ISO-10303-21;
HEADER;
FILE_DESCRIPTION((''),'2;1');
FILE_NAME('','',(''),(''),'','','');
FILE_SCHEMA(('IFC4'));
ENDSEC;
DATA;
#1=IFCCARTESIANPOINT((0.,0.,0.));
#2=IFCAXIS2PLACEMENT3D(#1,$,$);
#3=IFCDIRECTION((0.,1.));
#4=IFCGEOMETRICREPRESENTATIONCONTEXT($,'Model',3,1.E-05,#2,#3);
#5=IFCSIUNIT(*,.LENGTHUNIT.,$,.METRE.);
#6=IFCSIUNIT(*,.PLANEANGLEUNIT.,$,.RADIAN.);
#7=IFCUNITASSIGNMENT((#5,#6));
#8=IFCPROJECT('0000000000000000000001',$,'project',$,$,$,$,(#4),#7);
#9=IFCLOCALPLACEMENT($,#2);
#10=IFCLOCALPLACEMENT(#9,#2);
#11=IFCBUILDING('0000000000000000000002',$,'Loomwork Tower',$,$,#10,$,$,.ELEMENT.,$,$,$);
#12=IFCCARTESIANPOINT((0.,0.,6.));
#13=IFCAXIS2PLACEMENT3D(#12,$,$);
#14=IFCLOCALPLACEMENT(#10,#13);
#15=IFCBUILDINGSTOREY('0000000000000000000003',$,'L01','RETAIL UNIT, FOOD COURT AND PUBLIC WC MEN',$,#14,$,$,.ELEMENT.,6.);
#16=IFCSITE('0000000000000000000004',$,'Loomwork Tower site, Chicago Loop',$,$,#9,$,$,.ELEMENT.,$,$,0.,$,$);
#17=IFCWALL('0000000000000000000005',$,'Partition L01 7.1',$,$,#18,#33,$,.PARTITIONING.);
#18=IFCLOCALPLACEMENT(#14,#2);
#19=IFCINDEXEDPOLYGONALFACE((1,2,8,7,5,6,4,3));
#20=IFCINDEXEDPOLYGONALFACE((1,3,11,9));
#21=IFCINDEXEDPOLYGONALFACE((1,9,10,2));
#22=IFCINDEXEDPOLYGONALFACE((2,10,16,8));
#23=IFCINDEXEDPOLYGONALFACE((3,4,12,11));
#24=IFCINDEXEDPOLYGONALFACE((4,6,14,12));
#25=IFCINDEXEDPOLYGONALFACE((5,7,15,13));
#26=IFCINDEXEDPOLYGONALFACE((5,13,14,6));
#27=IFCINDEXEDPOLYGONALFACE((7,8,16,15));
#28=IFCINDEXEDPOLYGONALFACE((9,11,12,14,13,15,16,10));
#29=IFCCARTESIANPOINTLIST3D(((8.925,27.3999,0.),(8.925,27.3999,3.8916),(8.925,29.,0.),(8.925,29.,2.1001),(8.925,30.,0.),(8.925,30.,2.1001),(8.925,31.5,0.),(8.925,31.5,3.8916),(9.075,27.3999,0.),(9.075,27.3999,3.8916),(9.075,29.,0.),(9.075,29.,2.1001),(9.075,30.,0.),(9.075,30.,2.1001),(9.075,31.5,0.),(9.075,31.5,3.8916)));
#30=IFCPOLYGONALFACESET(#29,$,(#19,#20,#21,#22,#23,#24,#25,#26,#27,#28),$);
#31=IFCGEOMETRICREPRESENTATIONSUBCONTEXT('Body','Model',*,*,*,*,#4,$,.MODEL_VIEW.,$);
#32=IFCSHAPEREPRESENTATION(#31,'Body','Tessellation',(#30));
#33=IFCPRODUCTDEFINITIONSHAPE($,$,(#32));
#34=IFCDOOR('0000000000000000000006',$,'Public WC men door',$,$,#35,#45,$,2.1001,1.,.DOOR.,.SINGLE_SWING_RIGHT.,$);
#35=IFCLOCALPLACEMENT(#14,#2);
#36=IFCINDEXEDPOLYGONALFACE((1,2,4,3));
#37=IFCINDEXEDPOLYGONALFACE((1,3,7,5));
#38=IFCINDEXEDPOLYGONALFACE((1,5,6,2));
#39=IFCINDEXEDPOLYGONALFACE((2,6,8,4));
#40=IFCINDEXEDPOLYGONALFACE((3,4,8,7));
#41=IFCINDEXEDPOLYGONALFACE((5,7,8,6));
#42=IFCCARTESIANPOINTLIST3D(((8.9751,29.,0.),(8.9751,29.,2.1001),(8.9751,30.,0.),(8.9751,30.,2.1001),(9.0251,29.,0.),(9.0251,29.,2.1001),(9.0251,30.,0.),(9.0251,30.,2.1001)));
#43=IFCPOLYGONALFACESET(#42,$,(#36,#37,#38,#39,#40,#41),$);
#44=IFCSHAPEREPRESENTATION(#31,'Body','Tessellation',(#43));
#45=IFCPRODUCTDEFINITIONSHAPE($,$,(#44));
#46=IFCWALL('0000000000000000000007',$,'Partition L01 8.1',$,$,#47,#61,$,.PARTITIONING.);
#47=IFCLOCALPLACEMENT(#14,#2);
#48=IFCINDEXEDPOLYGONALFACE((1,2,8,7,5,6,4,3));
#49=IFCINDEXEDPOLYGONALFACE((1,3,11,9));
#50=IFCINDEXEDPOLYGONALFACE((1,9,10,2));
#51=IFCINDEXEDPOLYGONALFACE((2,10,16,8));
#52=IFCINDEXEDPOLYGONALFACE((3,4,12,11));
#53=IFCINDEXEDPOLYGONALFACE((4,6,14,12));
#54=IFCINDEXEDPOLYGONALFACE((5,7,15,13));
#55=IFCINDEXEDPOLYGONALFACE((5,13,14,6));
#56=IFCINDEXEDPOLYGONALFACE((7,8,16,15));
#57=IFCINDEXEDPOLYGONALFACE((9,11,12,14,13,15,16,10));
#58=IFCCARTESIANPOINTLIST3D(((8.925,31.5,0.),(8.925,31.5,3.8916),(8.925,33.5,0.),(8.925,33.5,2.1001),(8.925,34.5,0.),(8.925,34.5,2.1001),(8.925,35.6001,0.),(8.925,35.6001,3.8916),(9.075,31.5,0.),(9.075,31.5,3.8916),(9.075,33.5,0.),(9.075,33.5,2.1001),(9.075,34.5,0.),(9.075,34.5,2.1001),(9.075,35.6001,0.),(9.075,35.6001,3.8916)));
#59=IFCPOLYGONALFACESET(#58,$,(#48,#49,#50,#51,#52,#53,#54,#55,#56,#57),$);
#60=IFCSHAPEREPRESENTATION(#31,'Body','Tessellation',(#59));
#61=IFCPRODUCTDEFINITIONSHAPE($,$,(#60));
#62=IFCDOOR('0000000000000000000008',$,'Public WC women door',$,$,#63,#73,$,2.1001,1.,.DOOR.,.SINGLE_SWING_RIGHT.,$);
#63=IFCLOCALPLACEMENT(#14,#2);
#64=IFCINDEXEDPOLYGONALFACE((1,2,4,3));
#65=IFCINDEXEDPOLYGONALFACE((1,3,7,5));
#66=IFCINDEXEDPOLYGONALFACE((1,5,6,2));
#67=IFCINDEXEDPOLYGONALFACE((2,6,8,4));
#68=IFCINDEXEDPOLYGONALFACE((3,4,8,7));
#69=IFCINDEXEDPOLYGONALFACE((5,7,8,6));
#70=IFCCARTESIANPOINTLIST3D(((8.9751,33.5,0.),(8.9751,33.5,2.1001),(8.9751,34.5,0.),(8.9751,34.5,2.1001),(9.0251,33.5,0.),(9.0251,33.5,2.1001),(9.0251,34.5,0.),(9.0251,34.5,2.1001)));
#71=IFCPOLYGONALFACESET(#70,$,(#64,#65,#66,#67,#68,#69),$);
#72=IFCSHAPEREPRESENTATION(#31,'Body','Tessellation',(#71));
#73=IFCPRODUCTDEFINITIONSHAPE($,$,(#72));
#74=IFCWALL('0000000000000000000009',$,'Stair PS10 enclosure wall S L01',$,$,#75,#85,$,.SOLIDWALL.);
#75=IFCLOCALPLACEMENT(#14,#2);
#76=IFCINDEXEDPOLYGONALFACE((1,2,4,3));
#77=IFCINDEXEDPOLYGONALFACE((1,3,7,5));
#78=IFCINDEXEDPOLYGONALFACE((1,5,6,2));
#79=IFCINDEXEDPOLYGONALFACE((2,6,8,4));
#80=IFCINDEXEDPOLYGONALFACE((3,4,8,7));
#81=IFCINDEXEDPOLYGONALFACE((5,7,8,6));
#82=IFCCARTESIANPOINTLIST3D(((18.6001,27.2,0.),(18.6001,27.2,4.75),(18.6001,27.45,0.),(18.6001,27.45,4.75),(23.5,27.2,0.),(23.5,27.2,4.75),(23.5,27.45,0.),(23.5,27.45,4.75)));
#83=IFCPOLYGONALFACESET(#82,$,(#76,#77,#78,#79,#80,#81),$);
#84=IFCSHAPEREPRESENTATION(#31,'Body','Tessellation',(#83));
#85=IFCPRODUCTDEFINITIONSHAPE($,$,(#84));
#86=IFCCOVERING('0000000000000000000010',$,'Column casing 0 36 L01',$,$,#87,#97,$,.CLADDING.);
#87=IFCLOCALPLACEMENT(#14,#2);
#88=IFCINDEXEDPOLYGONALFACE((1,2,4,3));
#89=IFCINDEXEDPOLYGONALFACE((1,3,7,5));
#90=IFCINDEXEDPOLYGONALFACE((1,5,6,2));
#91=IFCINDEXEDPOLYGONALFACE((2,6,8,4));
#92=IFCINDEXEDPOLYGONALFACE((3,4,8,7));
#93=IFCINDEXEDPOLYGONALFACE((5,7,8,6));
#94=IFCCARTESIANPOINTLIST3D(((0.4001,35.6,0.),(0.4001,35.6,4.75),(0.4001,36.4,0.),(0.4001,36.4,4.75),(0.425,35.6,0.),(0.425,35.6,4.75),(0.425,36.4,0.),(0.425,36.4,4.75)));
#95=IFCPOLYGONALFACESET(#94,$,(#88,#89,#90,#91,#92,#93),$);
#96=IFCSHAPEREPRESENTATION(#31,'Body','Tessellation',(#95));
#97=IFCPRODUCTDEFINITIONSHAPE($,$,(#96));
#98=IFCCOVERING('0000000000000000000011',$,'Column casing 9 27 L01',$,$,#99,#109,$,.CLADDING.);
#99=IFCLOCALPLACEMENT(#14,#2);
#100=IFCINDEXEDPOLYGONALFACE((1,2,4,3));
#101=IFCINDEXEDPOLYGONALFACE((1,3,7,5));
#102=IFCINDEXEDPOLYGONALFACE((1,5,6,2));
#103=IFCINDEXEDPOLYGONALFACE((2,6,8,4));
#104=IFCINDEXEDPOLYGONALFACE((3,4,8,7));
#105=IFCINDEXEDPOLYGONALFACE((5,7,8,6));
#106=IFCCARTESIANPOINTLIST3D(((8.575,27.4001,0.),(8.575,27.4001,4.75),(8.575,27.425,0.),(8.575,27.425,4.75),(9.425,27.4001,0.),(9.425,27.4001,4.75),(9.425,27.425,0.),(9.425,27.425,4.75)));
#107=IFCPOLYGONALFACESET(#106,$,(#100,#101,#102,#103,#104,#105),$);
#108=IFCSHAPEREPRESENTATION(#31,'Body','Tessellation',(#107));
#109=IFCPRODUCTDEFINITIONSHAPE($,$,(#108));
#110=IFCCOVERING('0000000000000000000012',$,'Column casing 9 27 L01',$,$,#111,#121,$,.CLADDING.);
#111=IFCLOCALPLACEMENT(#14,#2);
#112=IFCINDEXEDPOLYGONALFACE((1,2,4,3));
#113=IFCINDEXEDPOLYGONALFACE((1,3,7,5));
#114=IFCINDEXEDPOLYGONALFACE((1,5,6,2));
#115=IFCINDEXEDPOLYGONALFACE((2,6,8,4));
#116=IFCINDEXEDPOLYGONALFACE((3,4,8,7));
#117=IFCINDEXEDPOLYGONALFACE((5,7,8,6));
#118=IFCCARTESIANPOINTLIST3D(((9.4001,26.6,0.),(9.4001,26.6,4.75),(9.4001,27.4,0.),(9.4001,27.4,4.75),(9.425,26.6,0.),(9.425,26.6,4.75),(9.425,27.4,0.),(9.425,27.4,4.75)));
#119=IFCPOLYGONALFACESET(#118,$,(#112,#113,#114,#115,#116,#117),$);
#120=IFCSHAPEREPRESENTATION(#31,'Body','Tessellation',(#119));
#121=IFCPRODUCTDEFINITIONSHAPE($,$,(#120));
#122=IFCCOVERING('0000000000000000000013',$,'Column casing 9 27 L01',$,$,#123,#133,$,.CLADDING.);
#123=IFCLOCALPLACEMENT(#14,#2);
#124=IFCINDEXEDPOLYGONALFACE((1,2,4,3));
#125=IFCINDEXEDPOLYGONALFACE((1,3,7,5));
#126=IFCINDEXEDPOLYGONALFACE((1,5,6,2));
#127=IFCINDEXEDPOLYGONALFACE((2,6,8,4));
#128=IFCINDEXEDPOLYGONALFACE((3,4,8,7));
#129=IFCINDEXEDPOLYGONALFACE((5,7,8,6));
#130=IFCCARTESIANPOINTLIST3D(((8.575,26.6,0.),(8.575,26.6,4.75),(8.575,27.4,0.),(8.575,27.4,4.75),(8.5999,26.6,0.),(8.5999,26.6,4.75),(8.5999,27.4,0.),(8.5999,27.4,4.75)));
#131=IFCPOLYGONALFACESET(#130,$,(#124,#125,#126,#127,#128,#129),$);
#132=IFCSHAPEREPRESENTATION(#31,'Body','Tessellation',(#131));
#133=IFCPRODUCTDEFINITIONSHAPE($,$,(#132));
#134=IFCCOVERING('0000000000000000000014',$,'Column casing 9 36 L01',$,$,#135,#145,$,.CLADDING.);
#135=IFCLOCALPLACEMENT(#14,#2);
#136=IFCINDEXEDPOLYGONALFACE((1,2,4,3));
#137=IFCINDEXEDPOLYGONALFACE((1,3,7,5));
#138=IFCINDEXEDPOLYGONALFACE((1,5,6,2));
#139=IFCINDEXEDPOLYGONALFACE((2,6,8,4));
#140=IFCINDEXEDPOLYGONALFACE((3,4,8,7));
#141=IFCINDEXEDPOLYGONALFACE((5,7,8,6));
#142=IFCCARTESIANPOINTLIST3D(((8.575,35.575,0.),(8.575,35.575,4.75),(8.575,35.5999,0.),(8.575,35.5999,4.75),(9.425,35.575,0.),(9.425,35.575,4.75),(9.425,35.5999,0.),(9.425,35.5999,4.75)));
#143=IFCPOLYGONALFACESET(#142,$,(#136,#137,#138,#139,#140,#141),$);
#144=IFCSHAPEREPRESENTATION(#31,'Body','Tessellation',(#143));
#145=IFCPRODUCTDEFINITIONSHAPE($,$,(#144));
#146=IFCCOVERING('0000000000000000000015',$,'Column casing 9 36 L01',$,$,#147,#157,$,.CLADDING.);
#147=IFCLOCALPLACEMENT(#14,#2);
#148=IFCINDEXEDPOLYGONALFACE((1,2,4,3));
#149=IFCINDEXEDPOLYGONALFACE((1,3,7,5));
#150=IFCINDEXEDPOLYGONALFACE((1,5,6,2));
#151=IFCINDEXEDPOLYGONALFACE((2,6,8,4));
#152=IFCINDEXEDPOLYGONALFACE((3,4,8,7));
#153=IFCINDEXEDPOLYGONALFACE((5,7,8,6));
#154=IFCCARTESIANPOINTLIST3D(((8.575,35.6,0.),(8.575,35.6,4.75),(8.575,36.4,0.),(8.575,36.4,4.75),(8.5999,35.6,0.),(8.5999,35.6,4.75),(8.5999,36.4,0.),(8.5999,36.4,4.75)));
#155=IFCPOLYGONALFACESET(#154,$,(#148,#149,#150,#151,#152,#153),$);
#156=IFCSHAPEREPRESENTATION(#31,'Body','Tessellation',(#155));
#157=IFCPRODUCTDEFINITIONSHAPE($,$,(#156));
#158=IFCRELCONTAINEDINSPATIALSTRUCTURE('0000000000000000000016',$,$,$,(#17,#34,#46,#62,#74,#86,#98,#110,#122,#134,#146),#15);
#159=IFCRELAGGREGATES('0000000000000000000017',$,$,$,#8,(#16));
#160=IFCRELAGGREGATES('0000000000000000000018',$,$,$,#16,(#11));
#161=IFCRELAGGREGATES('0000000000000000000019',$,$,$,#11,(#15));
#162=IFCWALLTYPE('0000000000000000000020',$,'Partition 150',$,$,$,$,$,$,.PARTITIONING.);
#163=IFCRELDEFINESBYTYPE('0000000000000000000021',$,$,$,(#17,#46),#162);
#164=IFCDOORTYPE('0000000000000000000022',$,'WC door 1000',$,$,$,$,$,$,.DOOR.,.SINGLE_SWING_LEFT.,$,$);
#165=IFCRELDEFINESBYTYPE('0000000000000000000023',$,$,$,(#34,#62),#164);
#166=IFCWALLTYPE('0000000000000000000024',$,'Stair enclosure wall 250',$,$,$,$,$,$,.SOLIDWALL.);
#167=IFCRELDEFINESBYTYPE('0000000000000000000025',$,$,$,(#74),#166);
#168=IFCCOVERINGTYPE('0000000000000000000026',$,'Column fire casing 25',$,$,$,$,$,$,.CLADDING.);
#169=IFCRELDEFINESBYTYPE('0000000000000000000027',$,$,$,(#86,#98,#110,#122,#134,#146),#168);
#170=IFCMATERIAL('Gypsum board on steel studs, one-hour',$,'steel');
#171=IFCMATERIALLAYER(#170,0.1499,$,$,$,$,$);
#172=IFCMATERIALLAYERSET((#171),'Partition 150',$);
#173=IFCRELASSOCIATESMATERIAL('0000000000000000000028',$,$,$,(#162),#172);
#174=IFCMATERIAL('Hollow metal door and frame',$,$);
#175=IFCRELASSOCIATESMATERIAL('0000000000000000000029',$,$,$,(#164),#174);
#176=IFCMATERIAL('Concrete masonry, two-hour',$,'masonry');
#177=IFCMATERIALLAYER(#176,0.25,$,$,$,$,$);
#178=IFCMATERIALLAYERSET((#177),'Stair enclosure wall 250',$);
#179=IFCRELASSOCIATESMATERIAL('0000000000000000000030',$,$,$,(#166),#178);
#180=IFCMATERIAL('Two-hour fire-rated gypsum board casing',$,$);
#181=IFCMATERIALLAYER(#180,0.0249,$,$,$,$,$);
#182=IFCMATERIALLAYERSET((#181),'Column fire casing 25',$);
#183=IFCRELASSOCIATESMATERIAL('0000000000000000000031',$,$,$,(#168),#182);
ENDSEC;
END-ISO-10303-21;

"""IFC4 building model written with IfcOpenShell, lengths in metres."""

from ifc_helpers import new_model, si_unit, direction, frame, frame_2d, origin, origin_2d, place, context, subcontext, project, spatial, rectangle, extrude, material, layer, layer_set, type_object, element, fill, save


model = new_model("IFC4")

# Units and contexts
model_context = context("Model", 3, precision=1e-05, world=origin(), true_north=direction((0.0, 1.0)))
body_context = subcontext(model_context, "Body", "Model", "MODEL_VIEW")
ifc_project = project(units=[si_unit("LENGTHUNIT", "METRE"), si_unit("PLANEANGLEUNIT", "RADIAN")], contexts=[model_context])

# Site, building, storey
site_placement = place(None, origin())
site = spatial("IfcSite", under=ifc_project, at=site_placement, Name="Loomwork Tower site, Chicago Loop", CompositionType="ELEMENT", RefElevation=0.0)
building_placement = place(site_placement, origin())
building = spatial("IfcBuilding", under=site, at=building_placement, Name="Loomwork Tower", CompositionType="ELEMENT")
storey_placement = place(building_placement, frame((0.0, 0.0, 6.0)))
storey = spatial("IfcBuildingStorey", under=building, at=storey_placement, Name="L01", Description="RETAIL UNIT, FOOD COURT AND PUBLIC WC MEN", CompositionType="ELEMENT", Elevation=6.0)

# Walls, openings, doors
ifc_material_1 = material(Name="Gypsum board on steel studs, one-hour", Category="steel")
ifc_layer_1 = layer(ifc_material_1, 0.1499)
ifc_layer_set_1 = layer_set([ifc_layer_1], Name="Partition 150")
wall_type_1 = type_object("IfcWallType", Name="Partition 150", PredefinedType="PARTITIONING", material=ifc_layer_set_1)
wall_1_placement = place(storey_placement, frame((9.0, 31.5, 0.0), z_axis=(0.0, 0.0, 1.0), x_axis=(0.0, -1.0, 0.0)))
wall_1 = element("IfcWall", 1, at=wall_1_placement, inside=storey, type_object=wall_type_1, Name="Partition L01 7.1", PredefinedType="PARTITIONING", context=body_context, shape_type="SweptSolid", body=[
    extrude(rectangle(XDim=4.1001, YDim=0.1499, at=frame_2d((2.05, 0.0))), origin(), (0.0, 0.0, 1.0), 3.8916),
])
opening_1_placement = place(wall_1_placement, frame((1.5, 0.0, 0.0)))
opening_1 = element("IfcOpeningElement", 2, at=opening_1_placement, cuts=wall_1, PredefinedType="OPENING", context=body_context, shape_type="SweptSolid", body=[
    extrude(rectangle(XDim=1.0, YDim=2.1001, at=frame_2d((0.5, 1.05))), frame((0.0, 0.085, 0.0), z_axis=(0.0, -1.0, 0.0), x_axis=(1.0, 0.0, 0.0)), (0.0, 0.0, 1.0), 0.1699),
])
ifc_material_2 = material(Name="Hollow metal door and frame")
door_type = type_object("IfcDoorType", Name="WC door 1000", OperationType="SINGLE_SWING_LEFT", PredefinedType="DOOR", material=ifc_material_2)
door_1_placement = place(opening_1_placement, frame((1.0, 0.0, 0.0), z_axis=(0.0, 0.0, 1.0), x_axis=(-1.0, 0.0, 0.0)))
door_1 = element("IfcDoor", 3, at=door_1_placement, inside=storey, type_object=door_type, Name="Public WC men door", OperationType="SINGLE_SWING_RIGHT", OverallHeight=2.1001, OverallWidth=1.0, PredefinedType="DOOR", context=body_context, shape_type="SweptSolid", body=[
    extrude(rectangle(XDim=1.0, YDim=2.1001, at=frame_2d((0.5, 1.05))), frame((0.0, 0.0249, 0.0), z_axis=(0.0, -1.0, 0.0), x_axis=(1.0, 0.0, 0.0)), (0.0, 0.0, 1.0), 0.05),
])
fill(opening_1, door_1)
wall_2_placement = place(storey_placement, frame((9.0, 35.6001, 0.0), z_axis=(0.0, 0.0, 1.0), x_axis=(0.0, -1.0, 0.0)))
wall_2 = element("IfcWall", 4, at=wall_2_placement, inside=storey, type_object=wall_type_1, Name="Partition L01 8.1", PredefinedType="PARTITIONING", context=body_context, shape_type="SweptSolid", body=[
    extrude(rectangle(XDim=4.1001, YDim=0.1499, at=frame_2d((2.05, 0.0))), origin(), (0.0, 0.0, 1.0), 3.8916),
])
opening_2_placement = place(wall_2_placement, frame((1.1001, 0.0, 0.0)))
opening_2 = element("IfcOpeningElement", 5, at=opening_2_placement, cuts=wall_2, PredefinedType="OPENING", context=body_context, shape_type="SweptSolid", body=[
    extrude(rectangle(XDim=1.0, YDim=2.1001, at=frame_2d((0.5, 1.05))), frame((0.0, 0.085, 0.0), z_axis=(0.0, -1.0, 0.0), x_axis=(1.0, 0.0, 0.0)), (0.0, 0.0, 1.0), 0.1699),
])
door_2_placement = place(opening_2_placement, frame((1.0, 0.0, 0.0), z_axis=(0.0, 0.0, 1.0), x_axis=(-1.0, 0.0, 0.0)))
door_2 = element("IfcDoor", 6, at=door_2_placement, inside=storey, type_object=door_type, Name="Public WC women door", OperationType="SINGLE_SWING_RIGHT", OverallHeight=2.1001, OverallWidth=1.0, PredefinedType="DOOR", context=body_context, shape_type="SweptSolid", body=[
    extrude(rectangle(XDim=1.0, YDim=2.1001, at=frame_2d((0.5, 1.05))), frame((0.0, 0.0249, 0.0), z_axis=(0.0, -1.0, 0.0), x_axis=(1.0, 0.0, 0.0)), (0.0, 0.0, 1.0), 0.05),
])
fill(opening_2, door_2)

# Wall
ifc_material_3 = material(Name="Concrete masonry, two-hour", Category="masonry")
ifc_layer_2 = layer(ifc_material_3, 0.25)
ifc_layer_set_2 = layer_set([ifc_layer_2], Name="Stair enclosure wall 250")
wall_type_2 = type_object("IfcWallType", Name="Stair enclosure wall 250", PredefinedType="SOLIDWALL", material=ifc_layer_set_2)
wall_3_placement = place(storey_placement, frame((18.6001, 27.325, 0.0), z_axis=(0.0, 0.0, 1.0), x_axis=(1.0, 0.0, 0.0)))
element("IfcWall", 7, at=wall_3_placement, inside=storey, type_object=wall_type_2, Name="Stair PS10 enclosure wall S L01", PredefinedType="SOLIDWALL", context=body_context, shape_type="SweptSolid", body=[
    extrude(rectangle(XDim=4.8999, YDim=0.25, at=frame_2d((2.45, 0.0))), origin(), (0.0, 0.0, 1.0), 4.75),
])

# Coverings
ifc_material_4 = material(Name="Two-hour fire-rated gypsum board casing")
ifc_layer_3 = layer(ifc_material_4, 0.0249)
ifc_layer_set_3 = layer_set([ifc_layer_3], Name="Column fire casing 25")
covering_type = type_object("IfcCoveringType", Name="Column fire casing 25", PredefinedType="CLADDING", material=ifc_layer_set_3)
covering_1_placement = place(storey_placement, frame((0.4126, 36.0, 0.0), z_axis=(0.0, 0.0, 1.0), x_axis=(1.0, 0.0, 0.0)))
element("IfcCovering", 8, at=covering_1_placement, inside=storey, type_object=covering_type, Name="Column casing 0 36 L01", PredefinedType="CLADDING", context=body_context, shape_type="SweptSolid", body=[
    extrude(rectangle(XDim=0.0249, YDim=0.8, at=origin_2d()), origin(), (0.0, 0.0, 1.0), 4.75),
])
covering_2_placement = place(storey_placement, frame((9.0, 27.4126, 0.0), z_axis=(0.0, 0.0, 1.0), x_axis=(1.0, 0.0, 0.0)))
element("IfcCovering", 9, at=covering_2_placement, inside=storey, type_object=covering_type, Name="Column casing 9 27 L01", PredefinedType="CLADDING", context=body_context, shape_type="SweptSolid", body=[
    extrude(rectangle(XDim=0.8501, YDim=0.0249, at=origin_2d()), origin(), (0.0, 0.0, 1.0), 4.75),
])
for number, where, z_axis, x_axis, name in (
    (10, (9.4126, 27.0, 0.0), (0.0, 0.0, 1.0), (1.0, 0.0, 0.0), "Column casing 9 27 L01"),
    (11, (8.5874, 27.0, 0.0), (0.0, 0.0, 1.0), (1.0, 0.0, 0.0), "Column casing 9 27 L01"),
):
    element("IfcCovering", number, at=place(storey_placement, frame(where, z_axis=z_axis, x_axis=x_axis)), inside=storey, type_object=covering_type, Name=name, PredefinedType="CLADDING", context=body_context, shape_type="SweptSolid", body=[
        extrude(rectangle(XDim=0.0249, YDim=0.8, at=origin_2d()), origin(), (0.0, 0.0, 1.0), 4.75),
    ])
covering_3_placement = place(storey_placement, frame((9.0, 35.5874, 0.0), z_axis=(0.0, 0.0, 1.0), x_axis=(1.0, 0.0, 0.0)))
element("IfcCovering", 12, at=covering_3_placement, inside=storey, type_object=covering_type, Name="Column casing 9 36 L01", PredefinedType="CLADDING", context=body_context, shape_type="SweptSolid", body=[
    extrude(rectangle(XDim=0.8501, YDim=0.0249, at=origin_2d()), origin(), (0.0, 0.0, 1.0), 4.75),
])
covering_4_placement = place(storey_placement, frame((8.5874, 36.0, 0.0), z_axis=(0.0, 0.0, 1.0), x_axis=(1.0, 0.0, 0.0)))
element("IfcCovering", 13, at=covering_4_placement, inside=storey, type_object=covering_type, Name="Column casing 9 36 L01", PredefinedType="CLADDING", context=body_context, shape_type="SweptSolid", body=[
    extrude(rectangle(XDim=0.0249, YDim=0.8, at=origin_2d()), origin(), (0.0, 0.0, 1.0), 4.75),
])

save(model, "model.ifc")
